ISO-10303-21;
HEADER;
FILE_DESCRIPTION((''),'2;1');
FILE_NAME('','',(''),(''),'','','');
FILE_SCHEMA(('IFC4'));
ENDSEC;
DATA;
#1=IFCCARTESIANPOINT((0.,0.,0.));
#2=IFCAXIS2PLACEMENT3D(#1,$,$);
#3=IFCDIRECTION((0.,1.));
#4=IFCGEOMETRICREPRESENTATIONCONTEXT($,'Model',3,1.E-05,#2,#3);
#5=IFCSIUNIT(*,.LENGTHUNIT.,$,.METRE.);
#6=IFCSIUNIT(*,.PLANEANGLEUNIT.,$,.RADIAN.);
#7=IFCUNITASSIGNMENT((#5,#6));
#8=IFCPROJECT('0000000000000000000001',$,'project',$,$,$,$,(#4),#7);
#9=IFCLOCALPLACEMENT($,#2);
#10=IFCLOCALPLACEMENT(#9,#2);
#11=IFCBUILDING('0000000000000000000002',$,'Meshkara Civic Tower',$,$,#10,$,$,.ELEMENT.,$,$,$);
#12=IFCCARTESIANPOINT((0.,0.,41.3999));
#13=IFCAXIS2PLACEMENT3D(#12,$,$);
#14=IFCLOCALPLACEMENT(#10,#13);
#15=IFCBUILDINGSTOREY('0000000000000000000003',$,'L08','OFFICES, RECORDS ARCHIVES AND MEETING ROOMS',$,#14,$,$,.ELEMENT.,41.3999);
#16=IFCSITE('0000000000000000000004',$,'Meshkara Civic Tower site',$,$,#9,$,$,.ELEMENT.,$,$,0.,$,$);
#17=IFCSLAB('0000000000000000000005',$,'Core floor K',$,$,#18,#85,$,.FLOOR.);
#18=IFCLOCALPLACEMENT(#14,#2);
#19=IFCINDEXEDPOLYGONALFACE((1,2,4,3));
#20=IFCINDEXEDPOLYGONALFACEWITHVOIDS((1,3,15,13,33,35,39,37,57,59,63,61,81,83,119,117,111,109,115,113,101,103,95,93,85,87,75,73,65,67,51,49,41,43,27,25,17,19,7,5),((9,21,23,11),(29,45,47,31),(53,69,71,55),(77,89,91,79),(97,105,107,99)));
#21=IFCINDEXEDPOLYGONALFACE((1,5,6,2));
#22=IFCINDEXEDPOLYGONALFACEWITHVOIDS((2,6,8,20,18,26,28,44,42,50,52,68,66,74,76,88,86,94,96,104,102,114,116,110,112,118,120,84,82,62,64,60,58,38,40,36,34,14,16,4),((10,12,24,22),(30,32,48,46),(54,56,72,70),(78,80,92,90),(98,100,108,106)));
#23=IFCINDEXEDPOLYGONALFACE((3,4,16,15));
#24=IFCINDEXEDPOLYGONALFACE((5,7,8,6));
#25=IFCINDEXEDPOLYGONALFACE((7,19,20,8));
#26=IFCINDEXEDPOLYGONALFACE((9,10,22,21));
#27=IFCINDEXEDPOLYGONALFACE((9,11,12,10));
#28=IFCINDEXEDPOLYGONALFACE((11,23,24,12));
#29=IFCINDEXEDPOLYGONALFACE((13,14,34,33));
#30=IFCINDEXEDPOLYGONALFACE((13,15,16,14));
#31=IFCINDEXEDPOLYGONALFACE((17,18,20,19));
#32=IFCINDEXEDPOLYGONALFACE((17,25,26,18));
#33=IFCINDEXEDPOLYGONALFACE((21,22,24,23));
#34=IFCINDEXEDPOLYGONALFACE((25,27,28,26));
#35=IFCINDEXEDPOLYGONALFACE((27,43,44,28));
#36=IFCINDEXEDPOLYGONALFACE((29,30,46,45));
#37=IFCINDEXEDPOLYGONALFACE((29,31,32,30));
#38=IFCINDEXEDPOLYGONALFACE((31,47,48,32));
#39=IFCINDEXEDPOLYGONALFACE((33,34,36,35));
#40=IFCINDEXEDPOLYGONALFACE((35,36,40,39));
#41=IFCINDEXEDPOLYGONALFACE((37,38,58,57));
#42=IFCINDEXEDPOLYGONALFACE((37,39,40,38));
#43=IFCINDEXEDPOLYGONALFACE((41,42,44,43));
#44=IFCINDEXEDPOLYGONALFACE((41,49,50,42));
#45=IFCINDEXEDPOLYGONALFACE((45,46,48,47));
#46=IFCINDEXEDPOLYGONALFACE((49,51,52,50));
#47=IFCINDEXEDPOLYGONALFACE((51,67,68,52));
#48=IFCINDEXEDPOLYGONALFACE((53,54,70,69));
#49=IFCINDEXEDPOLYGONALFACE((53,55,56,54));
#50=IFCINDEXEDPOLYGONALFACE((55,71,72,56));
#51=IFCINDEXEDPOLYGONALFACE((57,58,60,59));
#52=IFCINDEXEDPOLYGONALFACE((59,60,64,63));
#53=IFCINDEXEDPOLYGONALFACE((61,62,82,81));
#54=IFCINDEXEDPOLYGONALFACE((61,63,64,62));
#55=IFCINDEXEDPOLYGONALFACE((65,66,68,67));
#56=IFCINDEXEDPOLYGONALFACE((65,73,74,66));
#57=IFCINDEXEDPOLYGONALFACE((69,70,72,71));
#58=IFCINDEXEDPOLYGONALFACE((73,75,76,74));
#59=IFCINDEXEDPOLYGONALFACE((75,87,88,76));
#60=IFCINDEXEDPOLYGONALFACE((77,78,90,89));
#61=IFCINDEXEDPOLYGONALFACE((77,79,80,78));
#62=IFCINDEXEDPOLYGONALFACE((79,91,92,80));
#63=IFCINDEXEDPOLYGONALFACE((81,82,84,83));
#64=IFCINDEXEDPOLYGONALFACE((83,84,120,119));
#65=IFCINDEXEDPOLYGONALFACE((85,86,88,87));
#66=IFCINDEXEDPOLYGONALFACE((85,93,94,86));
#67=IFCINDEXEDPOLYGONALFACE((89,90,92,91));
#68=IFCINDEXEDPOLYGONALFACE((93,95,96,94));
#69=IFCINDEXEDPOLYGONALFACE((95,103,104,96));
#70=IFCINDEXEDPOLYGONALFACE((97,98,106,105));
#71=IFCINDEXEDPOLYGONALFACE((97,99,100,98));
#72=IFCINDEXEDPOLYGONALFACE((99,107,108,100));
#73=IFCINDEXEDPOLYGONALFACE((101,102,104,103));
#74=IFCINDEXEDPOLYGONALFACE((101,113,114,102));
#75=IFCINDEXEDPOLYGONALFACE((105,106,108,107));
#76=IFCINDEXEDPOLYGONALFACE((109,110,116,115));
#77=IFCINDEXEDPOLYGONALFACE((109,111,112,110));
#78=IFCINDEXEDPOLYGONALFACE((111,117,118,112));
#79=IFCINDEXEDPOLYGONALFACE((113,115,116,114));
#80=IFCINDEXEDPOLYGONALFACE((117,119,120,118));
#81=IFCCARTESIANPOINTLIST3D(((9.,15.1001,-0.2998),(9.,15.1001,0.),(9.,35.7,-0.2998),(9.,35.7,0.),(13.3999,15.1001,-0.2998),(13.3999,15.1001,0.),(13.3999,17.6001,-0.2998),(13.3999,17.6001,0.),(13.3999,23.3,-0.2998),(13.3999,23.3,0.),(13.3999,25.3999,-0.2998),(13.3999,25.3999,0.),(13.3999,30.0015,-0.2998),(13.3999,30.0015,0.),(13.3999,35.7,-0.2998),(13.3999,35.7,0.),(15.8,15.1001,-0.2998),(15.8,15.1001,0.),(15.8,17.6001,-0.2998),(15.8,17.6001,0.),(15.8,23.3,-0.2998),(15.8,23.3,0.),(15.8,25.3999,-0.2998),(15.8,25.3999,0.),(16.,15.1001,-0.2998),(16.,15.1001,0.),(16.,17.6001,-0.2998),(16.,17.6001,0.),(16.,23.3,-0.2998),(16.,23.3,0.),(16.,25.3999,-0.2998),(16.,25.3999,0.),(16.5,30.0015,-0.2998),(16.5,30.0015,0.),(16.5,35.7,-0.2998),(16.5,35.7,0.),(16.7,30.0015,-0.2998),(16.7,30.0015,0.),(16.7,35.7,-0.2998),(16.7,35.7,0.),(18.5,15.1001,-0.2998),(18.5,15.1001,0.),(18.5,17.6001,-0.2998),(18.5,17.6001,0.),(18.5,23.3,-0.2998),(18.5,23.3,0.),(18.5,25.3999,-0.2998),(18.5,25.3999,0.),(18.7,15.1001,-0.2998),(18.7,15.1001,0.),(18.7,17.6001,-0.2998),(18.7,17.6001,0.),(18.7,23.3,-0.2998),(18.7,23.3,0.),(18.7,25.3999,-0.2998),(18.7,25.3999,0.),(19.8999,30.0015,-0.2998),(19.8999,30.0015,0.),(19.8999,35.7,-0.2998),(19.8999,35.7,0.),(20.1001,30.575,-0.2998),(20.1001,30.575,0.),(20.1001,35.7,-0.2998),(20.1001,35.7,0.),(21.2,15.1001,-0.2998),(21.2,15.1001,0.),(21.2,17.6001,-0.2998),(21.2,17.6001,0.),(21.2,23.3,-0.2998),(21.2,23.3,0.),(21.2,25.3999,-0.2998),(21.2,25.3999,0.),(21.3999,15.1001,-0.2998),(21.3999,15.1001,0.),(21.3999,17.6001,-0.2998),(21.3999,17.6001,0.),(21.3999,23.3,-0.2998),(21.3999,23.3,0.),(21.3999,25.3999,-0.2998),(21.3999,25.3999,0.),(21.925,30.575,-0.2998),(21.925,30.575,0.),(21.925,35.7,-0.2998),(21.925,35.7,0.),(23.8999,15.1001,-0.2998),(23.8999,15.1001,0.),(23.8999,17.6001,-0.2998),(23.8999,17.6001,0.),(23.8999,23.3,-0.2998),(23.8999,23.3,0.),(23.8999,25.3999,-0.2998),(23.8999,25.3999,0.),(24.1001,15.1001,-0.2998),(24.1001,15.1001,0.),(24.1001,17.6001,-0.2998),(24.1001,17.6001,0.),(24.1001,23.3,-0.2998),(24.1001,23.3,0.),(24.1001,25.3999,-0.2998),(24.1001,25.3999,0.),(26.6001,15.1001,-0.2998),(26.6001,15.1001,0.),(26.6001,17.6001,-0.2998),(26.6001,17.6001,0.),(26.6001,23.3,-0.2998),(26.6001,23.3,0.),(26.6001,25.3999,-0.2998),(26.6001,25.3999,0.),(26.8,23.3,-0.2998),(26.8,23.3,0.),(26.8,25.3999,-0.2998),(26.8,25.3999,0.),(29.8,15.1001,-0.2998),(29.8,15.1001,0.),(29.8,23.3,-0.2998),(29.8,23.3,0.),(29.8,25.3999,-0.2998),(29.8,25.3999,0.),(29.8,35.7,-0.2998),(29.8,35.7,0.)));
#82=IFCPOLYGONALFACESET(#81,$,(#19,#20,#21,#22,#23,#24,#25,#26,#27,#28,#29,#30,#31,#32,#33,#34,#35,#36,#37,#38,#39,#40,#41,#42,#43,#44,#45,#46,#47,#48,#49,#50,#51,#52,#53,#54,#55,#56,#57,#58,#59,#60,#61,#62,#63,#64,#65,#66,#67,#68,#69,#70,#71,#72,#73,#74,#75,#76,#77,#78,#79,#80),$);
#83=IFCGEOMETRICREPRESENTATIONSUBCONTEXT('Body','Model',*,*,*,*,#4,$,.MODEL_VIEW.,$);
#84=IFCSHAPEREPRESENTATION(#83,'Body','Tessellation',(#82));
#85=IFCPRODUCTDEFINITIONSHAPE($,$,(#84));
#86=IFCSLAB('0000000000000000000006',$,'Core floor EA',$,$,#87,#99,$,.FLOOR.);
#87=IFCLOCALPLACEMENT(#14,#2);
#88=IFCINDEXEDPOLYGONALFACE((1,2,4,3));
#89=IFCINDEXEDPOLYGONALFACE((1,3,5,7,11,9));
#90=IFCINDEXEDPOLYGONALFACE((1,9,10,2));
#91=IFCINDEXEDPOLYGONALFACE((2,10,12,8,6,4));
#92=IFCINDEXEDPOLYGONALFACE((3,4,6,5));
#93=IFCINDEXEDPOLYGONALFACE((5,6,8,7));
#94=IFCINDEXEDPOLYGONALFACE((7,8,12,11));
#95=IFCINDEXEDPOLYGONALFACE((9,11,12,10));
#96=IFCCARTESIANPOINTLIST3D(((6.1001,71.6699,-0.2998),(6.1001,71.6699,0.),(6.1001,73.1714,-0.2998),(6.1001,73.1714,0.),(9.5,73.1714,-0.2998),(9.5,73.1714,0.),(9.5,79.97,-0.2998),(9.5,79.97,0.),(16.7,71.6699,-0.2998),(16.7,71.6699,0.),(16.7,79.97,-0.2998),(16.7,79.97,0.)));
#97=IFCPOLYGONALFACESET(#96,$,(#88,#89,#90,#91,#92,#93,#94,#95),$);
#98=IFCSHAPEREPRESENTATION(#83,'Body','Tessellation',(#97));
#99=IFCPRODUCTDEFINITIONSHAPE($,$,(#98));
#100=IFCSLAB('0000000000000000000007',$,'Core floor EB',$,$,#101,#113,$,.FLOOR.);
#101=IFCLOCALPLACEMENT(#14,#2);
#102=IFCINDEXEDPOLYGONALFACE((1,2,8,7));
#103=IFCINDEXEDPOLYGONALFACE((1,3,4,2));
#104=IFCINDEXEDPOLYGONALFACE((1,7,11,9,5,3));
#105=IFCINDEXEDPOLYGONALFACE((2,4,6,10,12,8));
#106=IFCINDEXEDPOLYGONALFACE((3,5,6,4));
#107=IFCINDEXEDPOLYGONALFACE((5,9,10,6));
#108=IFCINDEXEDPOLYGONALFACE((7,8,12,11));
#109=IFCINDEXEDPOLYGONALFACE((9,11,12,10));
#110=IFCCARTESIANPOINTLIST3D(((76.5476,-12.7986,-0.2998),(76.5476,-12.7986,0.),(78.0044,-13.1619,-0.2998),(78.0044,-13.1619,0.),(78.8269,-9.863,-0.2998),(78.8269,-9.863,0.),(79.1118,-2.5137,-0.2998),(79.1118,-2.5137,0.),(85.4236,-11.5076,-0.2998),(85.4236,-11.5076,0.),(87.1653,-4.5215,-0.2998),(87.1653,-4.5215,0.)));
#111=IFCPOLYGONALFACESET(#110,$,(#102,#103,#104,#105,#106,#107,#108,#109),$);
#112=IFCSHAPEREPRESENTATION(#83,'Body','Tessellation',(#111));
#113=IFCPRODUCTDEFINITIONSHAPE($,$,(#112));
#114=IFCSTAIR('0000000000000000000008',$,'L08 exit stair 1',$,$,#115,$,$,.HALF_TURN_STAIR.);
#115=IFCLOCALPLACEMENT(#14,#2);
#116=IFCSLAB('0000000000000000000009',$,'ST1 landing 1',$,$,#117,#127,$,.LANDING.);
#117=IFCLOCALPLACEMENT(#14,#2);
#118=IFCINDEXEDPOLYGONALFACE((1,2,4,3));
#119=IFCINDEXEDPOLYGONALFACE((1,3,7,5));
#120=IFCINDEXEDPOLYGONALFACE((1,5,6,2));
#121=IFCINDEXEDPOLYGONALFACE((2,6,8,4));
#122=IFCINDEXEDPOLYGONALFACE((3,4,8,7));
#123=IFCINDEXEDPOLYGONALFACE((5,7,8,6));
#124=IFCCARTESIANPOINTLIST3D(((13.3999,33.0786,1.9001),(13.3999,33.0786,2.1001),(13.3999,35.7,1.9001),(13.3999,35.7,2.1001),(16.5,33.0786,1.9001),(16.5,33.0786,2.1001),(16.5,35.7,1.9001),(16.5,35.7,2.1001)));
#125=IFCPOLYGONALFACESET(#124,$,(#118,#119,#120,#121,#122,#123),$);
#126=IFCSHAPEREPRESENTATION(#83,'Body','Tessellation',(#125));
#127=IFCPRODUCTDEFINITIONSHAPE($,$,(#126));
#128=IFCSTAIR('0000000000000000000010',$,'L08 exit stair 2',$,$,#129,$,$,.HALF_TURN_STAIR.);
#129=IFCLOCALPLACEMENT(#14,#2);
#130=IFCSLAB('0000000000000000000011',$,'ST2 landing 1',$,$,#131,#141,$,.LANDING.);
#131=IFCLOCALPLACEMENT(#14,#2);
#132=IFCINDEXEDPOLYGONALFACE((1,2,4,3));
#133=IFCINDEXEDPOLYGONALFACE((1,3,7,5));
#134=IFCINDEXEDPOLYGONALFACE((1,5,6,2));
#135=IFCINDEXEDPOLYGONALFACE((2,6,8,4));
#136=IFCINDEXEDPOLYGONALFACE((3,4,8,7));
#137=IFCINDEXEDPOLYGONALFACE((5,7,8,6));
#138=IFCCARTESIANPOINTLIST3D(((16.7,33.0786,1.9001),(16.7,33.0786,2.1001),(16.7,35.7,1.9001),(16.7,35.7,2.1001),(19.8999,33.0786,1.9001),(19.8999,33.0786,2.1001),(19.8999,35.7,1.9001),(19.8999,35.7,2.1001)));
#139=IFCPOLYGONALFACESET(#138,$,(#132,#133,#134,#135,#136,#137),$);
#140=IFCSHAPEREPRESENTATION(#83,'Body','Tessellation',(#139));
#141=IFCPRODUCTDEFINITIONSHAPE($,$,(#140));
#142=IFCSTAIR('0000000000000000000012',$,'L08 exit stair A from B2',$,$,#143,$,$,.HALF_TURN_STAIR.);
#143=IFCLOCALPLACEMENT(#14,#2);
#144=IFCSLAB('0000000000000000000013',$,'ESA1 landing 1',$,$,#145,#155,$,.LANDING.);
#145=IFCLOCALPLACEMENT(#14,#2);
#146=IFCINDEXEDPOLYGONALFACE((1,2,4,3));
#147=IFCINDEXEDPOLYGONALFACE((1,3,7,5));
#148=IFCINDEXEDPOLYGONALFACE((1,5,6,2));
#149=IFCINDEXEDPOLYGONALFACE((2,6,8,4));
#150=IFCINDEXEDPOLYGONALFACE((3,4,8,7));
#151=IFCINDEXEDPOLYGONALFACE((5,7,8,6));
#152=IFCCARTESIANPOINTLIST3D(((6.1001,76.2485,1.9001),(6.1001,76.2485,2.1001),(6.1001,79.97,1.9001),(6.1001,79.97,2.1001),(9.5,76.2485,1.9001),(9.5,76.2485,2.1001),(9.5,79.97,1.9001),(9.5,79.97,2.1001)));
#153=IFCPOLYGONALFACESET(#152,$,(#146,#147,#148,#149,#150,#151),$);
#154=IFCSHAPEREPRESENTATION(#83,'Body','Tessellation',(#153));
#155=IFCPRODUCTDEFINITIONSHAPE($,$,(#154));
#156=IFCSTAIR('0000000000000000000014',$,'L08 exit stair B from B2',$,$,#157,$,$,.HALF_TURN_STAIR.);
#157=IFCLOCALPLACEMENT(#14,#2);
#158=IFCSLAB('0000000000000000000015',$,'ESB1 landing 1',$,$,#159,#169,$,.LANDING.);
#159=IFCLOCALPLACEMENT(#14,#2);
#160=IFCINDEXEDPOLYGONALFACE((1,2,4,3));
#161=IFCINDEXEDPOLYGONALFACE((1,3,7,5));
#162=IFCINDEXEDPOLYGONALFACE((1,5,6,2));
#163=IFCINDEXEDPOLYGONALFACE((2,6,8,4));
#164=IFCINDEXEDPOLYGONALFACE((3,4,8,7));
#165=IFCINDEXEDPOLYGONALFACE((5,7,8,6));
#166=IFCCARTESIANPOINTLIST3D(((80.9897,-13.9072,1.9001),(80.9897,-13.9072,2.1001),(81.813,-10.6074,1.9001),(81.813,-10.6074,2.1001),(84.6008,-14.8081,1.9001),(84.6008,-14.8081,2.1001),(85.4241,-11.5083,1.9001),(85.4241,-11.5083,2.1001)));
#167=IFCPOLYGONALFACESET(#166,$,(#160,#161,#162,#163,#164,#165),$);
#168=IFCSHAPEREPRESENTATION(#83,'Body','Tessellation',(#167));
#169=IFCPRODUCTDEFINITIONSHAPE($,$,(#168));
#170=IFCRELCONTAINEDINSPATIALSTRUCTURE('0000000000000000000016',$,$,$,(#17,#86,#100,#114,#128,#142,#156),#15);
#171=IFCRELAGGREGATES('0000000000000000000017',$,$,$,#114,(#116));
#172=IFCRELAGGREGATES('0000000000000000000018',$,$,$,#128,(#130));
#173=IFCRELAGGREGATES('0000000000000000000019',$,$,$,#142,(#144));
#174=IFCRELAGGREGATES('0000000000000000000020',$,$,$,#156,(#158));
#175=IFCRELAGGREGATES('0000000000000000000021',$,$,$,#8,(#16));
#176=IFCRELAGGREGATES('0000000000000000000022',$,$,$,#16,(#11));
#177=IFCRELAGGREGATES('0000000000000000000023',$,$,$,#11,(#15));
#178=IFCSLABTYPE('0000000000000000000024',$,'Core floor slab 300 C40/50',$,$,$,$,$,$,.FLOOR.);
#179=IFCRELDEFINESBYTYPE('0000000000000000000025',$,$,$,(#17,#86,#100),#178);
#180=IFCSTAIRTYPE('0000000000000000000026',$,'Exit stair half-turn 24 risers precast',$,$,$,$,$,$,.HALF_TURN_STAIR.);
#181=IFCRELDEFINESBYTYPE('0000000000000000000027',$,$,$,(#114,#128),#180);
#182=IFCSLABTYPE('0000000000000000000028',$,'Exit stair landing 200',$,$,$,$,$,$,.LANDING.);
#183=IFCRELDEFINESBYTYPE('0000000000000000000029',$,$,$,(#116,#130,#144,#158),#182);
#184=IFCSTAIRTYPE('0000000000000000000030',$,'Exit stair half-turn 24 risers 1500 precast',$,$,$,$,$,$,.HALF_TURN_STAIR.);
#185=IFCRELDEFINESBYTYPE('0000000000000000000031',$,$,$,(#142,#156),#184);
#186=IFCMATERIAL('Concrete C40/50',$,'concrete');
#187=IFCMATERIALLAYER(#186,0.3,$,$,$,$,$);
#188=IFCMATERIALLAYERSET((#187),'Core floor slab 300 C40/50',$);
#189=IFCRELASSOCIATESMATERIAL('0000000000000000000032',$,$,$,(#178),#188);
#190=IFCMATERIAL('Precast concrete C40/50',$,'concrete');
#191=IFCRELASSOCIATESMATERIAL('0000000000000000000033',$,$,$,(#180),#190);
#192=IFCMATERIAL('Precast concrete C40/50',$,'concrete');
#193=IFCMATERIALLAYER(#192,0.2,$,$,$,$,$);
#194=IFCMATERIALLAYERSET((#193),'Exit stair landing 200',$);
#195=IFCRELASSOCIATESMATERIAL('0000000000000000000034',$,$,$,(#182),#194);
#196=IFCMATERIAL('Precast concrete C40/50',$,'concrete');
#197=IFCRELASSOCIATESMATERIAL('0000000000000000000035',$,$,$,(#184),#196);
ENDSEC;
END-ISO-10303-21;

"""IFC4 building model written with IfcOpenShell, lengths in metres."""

from ifc_helpers import new_model, si_unit, direction, frame, origin, place, context, subcontext, project, spatial, polyline, outline, extrude, material, layer, layer_set, type_object, element, aggregate, save


model = new_model("IFC4")

# Units and contexts
model_context = context("Model", 3, precision=1e-05, world=origin(), true_north=direction((0.0, 1.0)))
body_context = subcontext(model_context, "Body", "Model", "MODEL_VIEW")
ifc_project = project(units=[si_unit("LENGTHUNIT", "METRE"), si_unit("PLANEANGLEUNIT", "RADIAN")], contexts=[model_context])

# Site, building, storey
site_placement = place(None, origin())
site = spatial("IfcSite", under=ifc_project, at=site_placement, Name="Meshkara Civic Tower site", CompositionType="ELEMENT", RefElevation=0.0)
building_placement = place(site_placement, origin())
building = spatial("IfcBuilding", under=site, at=building_placement, Name="Meshkara Civic Tower", CompositionType="ELEMENT")
storey_placement = place(building_placement, frame((0.0, 0.0, 41.3999)))
storey = spatial("IfcBuildingStorey", under=building, at=storey_placement, Name="L08", Description="OFFICES, RECORDS ARCHIVES AND MEETING ROOMS", CompositionType="ELEMENT", Elevation=41.3999)

# Slabs
ifc_material_1 = material(Name="Concrete C40/50", Category="concrete")
ifc_layer_1 = layer(ifc_material_1, 0.3)
ifc_layer_set_1 = layer_set([ifc_layer_1], Name="Core floor slab 300 C40/50")
slab_type_1 = type_object("IfcSlabType", Name="Core floor slab 300 C40/50", PredefinedType="FLOOR", material=ifc_layer_set_1)
slab_1_placement = place(storey_placement, frame((0.0, 0.0, -0.2998)))
element("IfcSlab", 1, at=slab_1_placement, inside=storey, type_object=slab_type_1, Name="Core floor K", PredefinedType="FLOOR", context=body_context, shape_type="SweptSolid", body=[
    extrude(outline(polyline([(9.0, 35.7), (13.3999, 35.7), (13.3999, 30.0015), (16.5, 30.0015), (16.5, 35.7), (16.7, 35.7), (16.7, 30.0015), (19.8999, 30.0015), (19.8999, 35.7), (20.1001, 35.7), (20.1001, 30.575), (21.925, 30.575), (21.925, 35.7), (29.8, 35.7), (29.8, 25.3999), (26.8, 25.3999), (26.8, 23.3), (29.8, 23.3), (29.8, 15.1001), (26.6001, 15.1001), (26.6001, 17.6001), (24.1001, 17.6001), (24.1001, 15.1001), (23.8999, 15.1001), (23.8999, 17.6001), (21.3999, 17.6001), (21.3999, 15.1001), (21.2, 15.1001), (21.2, 17.6001), (18.7, 17.6001), (18.7, 15.1001), (18.5, 15.1001), (18.5, 17.6001), (16.0, 17.6001), (16.0, 15.1001), (15.8, 15.1001), (15.8, 17.6001), (13.3999, 17.6001), (13.3999, 15.1001), (9.0, 15.1001), (9.0, 35.7)]), holes=[polyline([(13.3999, 25.3999), (13.3999, 23.3), (15.8, 23.3), (15.8, 25.3999), (13.3999, 25.3999)]), polyline([(18.5, 23.3), (18.5, 25.3999), (16.0, 25.3999), (16.0, 23.3), (18.5, 23.3)]), polyline([(18.7, 25.3999), (18.7, 23.3), (21.2, 23.3), (21.2, 25.3999), (18.7, 25.3999)]), polyline([(23.8999, 23.3), (23.8999, 25.3999), (21.3999, 25.3999), (21.3999, 23.3), (23.8999, 23.3)]), polyline([(26.6001, 23.3), (26.6001, 25.3999), (24.1001, 25.3999), (24.1001, 23.3), (26.6001, 23.3)])]), origin(), (0.0, 0.0, 1.0), 0.2998),
])
slab_2_placement = place(storey_placement, frame((0.0, 0.0, -0.2998)))
element("IfcSlab", 2, at=slab_2_placement, inside=storey, type_object=slab_type_1, Name="Core floor EA", PredefinedType="FLOOR", context=body_context, shape_type="SweptSolid", body=[
    extrude(outline(polyline([(16.7, 71.6699), (16.7, 79.97), (9.5, 79.97), (9.5, 73.1714), (6.1001, 73.1714), (6.1001, 71.6699), (16.7, 71.6699)])), origin(), (0.0, 0.0, 1.0), 0.2998),
])
slab_3_placement = place(storey_placement, frame((0.0, 0.0, -0.2998)))
element("IfcSlab", 3, at=slab_3_placement, inside=storey, type_object=slab_type_1, Name="Core floor EB", PredefinedType="FLOOR", context=body_context, shape_type="SweptSolid", body=[
    extrude(outline(polyline([(79.1118, -2.5137), (87.1653, -4.5215), (85.4236, -11.5076), (78.8269, -9.863), (78.0044, -13.1619), (76.5476, -12.7986), (79.1118, -2.5137)])), origin(), (0.0, 0.0, 1.0), 0.2998),
])

# Stairs, slabs
ifc_material_2 = material(Name="Precast concrete C40/50", Category="concrete")
stair_type_1 = type_object("IfcStairType", Name="Exit stair half-turn 24 risers precast", PredefinedType="HALF_TURN_STAIR", material=ifc_material_2)
stair_1_placement = place(storey_placement, origin())
stair_1 = element("IfcStair", 4, at=stair_1_placement, inside=storey, type_object=stair_type_1, Name="L08 exit stair 1", PredefinedType="HALF_TURN_STAIR")
ifc_material_3 = material(Name="Precast concrete C40/50", Category="concrete")
ifc_layer_2 = layer(ifc_material_3, 0.2)
ifc_layer_set_2 = layer_set([ifc_layer_2], Name="Exit stair landing 200")
slab_type_2 = type_object("IfcSlabType", Name="Exit stair landing 200", PredefinedType="LANDING", material=ifc_layer_set_2)
slab_4_placement = place(storey_placement, frame((0.0, 0.0, 1.9001)))
slab_4 = element("IfcSlab", 5, at=slab_4_placement, type_object=slab_type_2, Name="ST1 landing 1", PredefinedType="LANDING", context=body_context, shape_type="SweptSolid", body=[
    extrude(outline(polyline([(16.5, 33.0786), (16.5, 35.7), (13.3999, 35.7), (13.3999, 33.0786), (16.5, 33.0786)])), origin(), (0.0, 0.0, 1.0), 0.2),
])
aggregate(stair_1, [slab_4])
stair_2_placement = place(storey_placement, origin())
stair_2 = element("IfcStair", 6, at=stair_2_placement, inside=storey, type_object=stair_type_1, Name="L08 exit stair 2", PredefinedType="HALF_TURN_STAIR")
slab_5_placement = place(storey_placement, frame((0.0, 0.0, 1.9001)))
slab_5 = element("IfcSlab", 7, at=slab_5_placement, type_object=slab_type_2, Name="ST2 landing 1", PredefinedType="LANDING", context=body_context, shape_type="SweptSolid", body=[
    extrude(outline(polyline([(19.8999, 33.0786), (19.8999, 35.7), (16.7, 35.7), (16.7, 33.0786), (19.8999, 33.0786)])), origin(), (0.0, 0.0, 1.0), 0.2),
])
aggregate(stair_2, [slab_5])
ifc_material_4 = material(Name="Precast concrete C40/50", Category="concrete")
stair_type_2 = type_object("IfcStairType", Name="Exit stair half-turn 24 risers 1500 precast", PredefinedType="HALF_TURN_STAIR", material=ifc_material_4)
stair_3_placement = place(storey_placement, origin())
stair_3 = element("IfcStair", 8, at=stair_3_placement, inside=storey, type_object=stair_type_2, Name="L08 exit stair A from B2", PredefinedType="HALF_TURN_STAIR")
slab_6_placement = place(storey_placement, frame((0.0, 0.0, 1.9001)))
slab_6 = element("IfcSlab", 9, at=slab_6_placement, type_object=slab_type_2, Name="ESA1 landing 1", PredefinedType="LANDING", context=body_context, shape_type="SweptSolid", body=[
    extrude(outline(polyline([(9.5, 76.2485), (9.5, 79.97), (6.1001, 79.97), (6.1001, 76.2485), (9.5, 76.2485)])), origin(), (0.0, 0.0, 1.0), 0.2),
])
aggregate(stair_3, [slab_6])
stair_4_placement = place(storey_placement, origin())
stair_4 = element("IfcStair", 10, at=stair_4_placement, inside=storey, type_object=stair_type_2, Name="L08 exit stair B from B2", PredefinedType="HALF_TURN_STAIR")
slab_7_placement = place(storey_placement, frame((0.0, 0.0, 1.9001)))
slab_7 = element("IfcSlab", 11, at=slab_7_placement, type_object=slab_type_2, Name="ESB1 landing 1", PredefinedType="LANDING", context=body_context, shape_type="SweptSolid", body=[
    extrude(outline(polyline([(80.9897, -13.9072), (84.6008, -14.8081), (85.4241, -11.5083), (81.813, -10.6074), (80.9897, -13.9072)])), origin(), (0.0, 0.0, 1.0), 0.2),
])
aggregate(stair_4, [slab_7])

save(model, "model.ifc")
